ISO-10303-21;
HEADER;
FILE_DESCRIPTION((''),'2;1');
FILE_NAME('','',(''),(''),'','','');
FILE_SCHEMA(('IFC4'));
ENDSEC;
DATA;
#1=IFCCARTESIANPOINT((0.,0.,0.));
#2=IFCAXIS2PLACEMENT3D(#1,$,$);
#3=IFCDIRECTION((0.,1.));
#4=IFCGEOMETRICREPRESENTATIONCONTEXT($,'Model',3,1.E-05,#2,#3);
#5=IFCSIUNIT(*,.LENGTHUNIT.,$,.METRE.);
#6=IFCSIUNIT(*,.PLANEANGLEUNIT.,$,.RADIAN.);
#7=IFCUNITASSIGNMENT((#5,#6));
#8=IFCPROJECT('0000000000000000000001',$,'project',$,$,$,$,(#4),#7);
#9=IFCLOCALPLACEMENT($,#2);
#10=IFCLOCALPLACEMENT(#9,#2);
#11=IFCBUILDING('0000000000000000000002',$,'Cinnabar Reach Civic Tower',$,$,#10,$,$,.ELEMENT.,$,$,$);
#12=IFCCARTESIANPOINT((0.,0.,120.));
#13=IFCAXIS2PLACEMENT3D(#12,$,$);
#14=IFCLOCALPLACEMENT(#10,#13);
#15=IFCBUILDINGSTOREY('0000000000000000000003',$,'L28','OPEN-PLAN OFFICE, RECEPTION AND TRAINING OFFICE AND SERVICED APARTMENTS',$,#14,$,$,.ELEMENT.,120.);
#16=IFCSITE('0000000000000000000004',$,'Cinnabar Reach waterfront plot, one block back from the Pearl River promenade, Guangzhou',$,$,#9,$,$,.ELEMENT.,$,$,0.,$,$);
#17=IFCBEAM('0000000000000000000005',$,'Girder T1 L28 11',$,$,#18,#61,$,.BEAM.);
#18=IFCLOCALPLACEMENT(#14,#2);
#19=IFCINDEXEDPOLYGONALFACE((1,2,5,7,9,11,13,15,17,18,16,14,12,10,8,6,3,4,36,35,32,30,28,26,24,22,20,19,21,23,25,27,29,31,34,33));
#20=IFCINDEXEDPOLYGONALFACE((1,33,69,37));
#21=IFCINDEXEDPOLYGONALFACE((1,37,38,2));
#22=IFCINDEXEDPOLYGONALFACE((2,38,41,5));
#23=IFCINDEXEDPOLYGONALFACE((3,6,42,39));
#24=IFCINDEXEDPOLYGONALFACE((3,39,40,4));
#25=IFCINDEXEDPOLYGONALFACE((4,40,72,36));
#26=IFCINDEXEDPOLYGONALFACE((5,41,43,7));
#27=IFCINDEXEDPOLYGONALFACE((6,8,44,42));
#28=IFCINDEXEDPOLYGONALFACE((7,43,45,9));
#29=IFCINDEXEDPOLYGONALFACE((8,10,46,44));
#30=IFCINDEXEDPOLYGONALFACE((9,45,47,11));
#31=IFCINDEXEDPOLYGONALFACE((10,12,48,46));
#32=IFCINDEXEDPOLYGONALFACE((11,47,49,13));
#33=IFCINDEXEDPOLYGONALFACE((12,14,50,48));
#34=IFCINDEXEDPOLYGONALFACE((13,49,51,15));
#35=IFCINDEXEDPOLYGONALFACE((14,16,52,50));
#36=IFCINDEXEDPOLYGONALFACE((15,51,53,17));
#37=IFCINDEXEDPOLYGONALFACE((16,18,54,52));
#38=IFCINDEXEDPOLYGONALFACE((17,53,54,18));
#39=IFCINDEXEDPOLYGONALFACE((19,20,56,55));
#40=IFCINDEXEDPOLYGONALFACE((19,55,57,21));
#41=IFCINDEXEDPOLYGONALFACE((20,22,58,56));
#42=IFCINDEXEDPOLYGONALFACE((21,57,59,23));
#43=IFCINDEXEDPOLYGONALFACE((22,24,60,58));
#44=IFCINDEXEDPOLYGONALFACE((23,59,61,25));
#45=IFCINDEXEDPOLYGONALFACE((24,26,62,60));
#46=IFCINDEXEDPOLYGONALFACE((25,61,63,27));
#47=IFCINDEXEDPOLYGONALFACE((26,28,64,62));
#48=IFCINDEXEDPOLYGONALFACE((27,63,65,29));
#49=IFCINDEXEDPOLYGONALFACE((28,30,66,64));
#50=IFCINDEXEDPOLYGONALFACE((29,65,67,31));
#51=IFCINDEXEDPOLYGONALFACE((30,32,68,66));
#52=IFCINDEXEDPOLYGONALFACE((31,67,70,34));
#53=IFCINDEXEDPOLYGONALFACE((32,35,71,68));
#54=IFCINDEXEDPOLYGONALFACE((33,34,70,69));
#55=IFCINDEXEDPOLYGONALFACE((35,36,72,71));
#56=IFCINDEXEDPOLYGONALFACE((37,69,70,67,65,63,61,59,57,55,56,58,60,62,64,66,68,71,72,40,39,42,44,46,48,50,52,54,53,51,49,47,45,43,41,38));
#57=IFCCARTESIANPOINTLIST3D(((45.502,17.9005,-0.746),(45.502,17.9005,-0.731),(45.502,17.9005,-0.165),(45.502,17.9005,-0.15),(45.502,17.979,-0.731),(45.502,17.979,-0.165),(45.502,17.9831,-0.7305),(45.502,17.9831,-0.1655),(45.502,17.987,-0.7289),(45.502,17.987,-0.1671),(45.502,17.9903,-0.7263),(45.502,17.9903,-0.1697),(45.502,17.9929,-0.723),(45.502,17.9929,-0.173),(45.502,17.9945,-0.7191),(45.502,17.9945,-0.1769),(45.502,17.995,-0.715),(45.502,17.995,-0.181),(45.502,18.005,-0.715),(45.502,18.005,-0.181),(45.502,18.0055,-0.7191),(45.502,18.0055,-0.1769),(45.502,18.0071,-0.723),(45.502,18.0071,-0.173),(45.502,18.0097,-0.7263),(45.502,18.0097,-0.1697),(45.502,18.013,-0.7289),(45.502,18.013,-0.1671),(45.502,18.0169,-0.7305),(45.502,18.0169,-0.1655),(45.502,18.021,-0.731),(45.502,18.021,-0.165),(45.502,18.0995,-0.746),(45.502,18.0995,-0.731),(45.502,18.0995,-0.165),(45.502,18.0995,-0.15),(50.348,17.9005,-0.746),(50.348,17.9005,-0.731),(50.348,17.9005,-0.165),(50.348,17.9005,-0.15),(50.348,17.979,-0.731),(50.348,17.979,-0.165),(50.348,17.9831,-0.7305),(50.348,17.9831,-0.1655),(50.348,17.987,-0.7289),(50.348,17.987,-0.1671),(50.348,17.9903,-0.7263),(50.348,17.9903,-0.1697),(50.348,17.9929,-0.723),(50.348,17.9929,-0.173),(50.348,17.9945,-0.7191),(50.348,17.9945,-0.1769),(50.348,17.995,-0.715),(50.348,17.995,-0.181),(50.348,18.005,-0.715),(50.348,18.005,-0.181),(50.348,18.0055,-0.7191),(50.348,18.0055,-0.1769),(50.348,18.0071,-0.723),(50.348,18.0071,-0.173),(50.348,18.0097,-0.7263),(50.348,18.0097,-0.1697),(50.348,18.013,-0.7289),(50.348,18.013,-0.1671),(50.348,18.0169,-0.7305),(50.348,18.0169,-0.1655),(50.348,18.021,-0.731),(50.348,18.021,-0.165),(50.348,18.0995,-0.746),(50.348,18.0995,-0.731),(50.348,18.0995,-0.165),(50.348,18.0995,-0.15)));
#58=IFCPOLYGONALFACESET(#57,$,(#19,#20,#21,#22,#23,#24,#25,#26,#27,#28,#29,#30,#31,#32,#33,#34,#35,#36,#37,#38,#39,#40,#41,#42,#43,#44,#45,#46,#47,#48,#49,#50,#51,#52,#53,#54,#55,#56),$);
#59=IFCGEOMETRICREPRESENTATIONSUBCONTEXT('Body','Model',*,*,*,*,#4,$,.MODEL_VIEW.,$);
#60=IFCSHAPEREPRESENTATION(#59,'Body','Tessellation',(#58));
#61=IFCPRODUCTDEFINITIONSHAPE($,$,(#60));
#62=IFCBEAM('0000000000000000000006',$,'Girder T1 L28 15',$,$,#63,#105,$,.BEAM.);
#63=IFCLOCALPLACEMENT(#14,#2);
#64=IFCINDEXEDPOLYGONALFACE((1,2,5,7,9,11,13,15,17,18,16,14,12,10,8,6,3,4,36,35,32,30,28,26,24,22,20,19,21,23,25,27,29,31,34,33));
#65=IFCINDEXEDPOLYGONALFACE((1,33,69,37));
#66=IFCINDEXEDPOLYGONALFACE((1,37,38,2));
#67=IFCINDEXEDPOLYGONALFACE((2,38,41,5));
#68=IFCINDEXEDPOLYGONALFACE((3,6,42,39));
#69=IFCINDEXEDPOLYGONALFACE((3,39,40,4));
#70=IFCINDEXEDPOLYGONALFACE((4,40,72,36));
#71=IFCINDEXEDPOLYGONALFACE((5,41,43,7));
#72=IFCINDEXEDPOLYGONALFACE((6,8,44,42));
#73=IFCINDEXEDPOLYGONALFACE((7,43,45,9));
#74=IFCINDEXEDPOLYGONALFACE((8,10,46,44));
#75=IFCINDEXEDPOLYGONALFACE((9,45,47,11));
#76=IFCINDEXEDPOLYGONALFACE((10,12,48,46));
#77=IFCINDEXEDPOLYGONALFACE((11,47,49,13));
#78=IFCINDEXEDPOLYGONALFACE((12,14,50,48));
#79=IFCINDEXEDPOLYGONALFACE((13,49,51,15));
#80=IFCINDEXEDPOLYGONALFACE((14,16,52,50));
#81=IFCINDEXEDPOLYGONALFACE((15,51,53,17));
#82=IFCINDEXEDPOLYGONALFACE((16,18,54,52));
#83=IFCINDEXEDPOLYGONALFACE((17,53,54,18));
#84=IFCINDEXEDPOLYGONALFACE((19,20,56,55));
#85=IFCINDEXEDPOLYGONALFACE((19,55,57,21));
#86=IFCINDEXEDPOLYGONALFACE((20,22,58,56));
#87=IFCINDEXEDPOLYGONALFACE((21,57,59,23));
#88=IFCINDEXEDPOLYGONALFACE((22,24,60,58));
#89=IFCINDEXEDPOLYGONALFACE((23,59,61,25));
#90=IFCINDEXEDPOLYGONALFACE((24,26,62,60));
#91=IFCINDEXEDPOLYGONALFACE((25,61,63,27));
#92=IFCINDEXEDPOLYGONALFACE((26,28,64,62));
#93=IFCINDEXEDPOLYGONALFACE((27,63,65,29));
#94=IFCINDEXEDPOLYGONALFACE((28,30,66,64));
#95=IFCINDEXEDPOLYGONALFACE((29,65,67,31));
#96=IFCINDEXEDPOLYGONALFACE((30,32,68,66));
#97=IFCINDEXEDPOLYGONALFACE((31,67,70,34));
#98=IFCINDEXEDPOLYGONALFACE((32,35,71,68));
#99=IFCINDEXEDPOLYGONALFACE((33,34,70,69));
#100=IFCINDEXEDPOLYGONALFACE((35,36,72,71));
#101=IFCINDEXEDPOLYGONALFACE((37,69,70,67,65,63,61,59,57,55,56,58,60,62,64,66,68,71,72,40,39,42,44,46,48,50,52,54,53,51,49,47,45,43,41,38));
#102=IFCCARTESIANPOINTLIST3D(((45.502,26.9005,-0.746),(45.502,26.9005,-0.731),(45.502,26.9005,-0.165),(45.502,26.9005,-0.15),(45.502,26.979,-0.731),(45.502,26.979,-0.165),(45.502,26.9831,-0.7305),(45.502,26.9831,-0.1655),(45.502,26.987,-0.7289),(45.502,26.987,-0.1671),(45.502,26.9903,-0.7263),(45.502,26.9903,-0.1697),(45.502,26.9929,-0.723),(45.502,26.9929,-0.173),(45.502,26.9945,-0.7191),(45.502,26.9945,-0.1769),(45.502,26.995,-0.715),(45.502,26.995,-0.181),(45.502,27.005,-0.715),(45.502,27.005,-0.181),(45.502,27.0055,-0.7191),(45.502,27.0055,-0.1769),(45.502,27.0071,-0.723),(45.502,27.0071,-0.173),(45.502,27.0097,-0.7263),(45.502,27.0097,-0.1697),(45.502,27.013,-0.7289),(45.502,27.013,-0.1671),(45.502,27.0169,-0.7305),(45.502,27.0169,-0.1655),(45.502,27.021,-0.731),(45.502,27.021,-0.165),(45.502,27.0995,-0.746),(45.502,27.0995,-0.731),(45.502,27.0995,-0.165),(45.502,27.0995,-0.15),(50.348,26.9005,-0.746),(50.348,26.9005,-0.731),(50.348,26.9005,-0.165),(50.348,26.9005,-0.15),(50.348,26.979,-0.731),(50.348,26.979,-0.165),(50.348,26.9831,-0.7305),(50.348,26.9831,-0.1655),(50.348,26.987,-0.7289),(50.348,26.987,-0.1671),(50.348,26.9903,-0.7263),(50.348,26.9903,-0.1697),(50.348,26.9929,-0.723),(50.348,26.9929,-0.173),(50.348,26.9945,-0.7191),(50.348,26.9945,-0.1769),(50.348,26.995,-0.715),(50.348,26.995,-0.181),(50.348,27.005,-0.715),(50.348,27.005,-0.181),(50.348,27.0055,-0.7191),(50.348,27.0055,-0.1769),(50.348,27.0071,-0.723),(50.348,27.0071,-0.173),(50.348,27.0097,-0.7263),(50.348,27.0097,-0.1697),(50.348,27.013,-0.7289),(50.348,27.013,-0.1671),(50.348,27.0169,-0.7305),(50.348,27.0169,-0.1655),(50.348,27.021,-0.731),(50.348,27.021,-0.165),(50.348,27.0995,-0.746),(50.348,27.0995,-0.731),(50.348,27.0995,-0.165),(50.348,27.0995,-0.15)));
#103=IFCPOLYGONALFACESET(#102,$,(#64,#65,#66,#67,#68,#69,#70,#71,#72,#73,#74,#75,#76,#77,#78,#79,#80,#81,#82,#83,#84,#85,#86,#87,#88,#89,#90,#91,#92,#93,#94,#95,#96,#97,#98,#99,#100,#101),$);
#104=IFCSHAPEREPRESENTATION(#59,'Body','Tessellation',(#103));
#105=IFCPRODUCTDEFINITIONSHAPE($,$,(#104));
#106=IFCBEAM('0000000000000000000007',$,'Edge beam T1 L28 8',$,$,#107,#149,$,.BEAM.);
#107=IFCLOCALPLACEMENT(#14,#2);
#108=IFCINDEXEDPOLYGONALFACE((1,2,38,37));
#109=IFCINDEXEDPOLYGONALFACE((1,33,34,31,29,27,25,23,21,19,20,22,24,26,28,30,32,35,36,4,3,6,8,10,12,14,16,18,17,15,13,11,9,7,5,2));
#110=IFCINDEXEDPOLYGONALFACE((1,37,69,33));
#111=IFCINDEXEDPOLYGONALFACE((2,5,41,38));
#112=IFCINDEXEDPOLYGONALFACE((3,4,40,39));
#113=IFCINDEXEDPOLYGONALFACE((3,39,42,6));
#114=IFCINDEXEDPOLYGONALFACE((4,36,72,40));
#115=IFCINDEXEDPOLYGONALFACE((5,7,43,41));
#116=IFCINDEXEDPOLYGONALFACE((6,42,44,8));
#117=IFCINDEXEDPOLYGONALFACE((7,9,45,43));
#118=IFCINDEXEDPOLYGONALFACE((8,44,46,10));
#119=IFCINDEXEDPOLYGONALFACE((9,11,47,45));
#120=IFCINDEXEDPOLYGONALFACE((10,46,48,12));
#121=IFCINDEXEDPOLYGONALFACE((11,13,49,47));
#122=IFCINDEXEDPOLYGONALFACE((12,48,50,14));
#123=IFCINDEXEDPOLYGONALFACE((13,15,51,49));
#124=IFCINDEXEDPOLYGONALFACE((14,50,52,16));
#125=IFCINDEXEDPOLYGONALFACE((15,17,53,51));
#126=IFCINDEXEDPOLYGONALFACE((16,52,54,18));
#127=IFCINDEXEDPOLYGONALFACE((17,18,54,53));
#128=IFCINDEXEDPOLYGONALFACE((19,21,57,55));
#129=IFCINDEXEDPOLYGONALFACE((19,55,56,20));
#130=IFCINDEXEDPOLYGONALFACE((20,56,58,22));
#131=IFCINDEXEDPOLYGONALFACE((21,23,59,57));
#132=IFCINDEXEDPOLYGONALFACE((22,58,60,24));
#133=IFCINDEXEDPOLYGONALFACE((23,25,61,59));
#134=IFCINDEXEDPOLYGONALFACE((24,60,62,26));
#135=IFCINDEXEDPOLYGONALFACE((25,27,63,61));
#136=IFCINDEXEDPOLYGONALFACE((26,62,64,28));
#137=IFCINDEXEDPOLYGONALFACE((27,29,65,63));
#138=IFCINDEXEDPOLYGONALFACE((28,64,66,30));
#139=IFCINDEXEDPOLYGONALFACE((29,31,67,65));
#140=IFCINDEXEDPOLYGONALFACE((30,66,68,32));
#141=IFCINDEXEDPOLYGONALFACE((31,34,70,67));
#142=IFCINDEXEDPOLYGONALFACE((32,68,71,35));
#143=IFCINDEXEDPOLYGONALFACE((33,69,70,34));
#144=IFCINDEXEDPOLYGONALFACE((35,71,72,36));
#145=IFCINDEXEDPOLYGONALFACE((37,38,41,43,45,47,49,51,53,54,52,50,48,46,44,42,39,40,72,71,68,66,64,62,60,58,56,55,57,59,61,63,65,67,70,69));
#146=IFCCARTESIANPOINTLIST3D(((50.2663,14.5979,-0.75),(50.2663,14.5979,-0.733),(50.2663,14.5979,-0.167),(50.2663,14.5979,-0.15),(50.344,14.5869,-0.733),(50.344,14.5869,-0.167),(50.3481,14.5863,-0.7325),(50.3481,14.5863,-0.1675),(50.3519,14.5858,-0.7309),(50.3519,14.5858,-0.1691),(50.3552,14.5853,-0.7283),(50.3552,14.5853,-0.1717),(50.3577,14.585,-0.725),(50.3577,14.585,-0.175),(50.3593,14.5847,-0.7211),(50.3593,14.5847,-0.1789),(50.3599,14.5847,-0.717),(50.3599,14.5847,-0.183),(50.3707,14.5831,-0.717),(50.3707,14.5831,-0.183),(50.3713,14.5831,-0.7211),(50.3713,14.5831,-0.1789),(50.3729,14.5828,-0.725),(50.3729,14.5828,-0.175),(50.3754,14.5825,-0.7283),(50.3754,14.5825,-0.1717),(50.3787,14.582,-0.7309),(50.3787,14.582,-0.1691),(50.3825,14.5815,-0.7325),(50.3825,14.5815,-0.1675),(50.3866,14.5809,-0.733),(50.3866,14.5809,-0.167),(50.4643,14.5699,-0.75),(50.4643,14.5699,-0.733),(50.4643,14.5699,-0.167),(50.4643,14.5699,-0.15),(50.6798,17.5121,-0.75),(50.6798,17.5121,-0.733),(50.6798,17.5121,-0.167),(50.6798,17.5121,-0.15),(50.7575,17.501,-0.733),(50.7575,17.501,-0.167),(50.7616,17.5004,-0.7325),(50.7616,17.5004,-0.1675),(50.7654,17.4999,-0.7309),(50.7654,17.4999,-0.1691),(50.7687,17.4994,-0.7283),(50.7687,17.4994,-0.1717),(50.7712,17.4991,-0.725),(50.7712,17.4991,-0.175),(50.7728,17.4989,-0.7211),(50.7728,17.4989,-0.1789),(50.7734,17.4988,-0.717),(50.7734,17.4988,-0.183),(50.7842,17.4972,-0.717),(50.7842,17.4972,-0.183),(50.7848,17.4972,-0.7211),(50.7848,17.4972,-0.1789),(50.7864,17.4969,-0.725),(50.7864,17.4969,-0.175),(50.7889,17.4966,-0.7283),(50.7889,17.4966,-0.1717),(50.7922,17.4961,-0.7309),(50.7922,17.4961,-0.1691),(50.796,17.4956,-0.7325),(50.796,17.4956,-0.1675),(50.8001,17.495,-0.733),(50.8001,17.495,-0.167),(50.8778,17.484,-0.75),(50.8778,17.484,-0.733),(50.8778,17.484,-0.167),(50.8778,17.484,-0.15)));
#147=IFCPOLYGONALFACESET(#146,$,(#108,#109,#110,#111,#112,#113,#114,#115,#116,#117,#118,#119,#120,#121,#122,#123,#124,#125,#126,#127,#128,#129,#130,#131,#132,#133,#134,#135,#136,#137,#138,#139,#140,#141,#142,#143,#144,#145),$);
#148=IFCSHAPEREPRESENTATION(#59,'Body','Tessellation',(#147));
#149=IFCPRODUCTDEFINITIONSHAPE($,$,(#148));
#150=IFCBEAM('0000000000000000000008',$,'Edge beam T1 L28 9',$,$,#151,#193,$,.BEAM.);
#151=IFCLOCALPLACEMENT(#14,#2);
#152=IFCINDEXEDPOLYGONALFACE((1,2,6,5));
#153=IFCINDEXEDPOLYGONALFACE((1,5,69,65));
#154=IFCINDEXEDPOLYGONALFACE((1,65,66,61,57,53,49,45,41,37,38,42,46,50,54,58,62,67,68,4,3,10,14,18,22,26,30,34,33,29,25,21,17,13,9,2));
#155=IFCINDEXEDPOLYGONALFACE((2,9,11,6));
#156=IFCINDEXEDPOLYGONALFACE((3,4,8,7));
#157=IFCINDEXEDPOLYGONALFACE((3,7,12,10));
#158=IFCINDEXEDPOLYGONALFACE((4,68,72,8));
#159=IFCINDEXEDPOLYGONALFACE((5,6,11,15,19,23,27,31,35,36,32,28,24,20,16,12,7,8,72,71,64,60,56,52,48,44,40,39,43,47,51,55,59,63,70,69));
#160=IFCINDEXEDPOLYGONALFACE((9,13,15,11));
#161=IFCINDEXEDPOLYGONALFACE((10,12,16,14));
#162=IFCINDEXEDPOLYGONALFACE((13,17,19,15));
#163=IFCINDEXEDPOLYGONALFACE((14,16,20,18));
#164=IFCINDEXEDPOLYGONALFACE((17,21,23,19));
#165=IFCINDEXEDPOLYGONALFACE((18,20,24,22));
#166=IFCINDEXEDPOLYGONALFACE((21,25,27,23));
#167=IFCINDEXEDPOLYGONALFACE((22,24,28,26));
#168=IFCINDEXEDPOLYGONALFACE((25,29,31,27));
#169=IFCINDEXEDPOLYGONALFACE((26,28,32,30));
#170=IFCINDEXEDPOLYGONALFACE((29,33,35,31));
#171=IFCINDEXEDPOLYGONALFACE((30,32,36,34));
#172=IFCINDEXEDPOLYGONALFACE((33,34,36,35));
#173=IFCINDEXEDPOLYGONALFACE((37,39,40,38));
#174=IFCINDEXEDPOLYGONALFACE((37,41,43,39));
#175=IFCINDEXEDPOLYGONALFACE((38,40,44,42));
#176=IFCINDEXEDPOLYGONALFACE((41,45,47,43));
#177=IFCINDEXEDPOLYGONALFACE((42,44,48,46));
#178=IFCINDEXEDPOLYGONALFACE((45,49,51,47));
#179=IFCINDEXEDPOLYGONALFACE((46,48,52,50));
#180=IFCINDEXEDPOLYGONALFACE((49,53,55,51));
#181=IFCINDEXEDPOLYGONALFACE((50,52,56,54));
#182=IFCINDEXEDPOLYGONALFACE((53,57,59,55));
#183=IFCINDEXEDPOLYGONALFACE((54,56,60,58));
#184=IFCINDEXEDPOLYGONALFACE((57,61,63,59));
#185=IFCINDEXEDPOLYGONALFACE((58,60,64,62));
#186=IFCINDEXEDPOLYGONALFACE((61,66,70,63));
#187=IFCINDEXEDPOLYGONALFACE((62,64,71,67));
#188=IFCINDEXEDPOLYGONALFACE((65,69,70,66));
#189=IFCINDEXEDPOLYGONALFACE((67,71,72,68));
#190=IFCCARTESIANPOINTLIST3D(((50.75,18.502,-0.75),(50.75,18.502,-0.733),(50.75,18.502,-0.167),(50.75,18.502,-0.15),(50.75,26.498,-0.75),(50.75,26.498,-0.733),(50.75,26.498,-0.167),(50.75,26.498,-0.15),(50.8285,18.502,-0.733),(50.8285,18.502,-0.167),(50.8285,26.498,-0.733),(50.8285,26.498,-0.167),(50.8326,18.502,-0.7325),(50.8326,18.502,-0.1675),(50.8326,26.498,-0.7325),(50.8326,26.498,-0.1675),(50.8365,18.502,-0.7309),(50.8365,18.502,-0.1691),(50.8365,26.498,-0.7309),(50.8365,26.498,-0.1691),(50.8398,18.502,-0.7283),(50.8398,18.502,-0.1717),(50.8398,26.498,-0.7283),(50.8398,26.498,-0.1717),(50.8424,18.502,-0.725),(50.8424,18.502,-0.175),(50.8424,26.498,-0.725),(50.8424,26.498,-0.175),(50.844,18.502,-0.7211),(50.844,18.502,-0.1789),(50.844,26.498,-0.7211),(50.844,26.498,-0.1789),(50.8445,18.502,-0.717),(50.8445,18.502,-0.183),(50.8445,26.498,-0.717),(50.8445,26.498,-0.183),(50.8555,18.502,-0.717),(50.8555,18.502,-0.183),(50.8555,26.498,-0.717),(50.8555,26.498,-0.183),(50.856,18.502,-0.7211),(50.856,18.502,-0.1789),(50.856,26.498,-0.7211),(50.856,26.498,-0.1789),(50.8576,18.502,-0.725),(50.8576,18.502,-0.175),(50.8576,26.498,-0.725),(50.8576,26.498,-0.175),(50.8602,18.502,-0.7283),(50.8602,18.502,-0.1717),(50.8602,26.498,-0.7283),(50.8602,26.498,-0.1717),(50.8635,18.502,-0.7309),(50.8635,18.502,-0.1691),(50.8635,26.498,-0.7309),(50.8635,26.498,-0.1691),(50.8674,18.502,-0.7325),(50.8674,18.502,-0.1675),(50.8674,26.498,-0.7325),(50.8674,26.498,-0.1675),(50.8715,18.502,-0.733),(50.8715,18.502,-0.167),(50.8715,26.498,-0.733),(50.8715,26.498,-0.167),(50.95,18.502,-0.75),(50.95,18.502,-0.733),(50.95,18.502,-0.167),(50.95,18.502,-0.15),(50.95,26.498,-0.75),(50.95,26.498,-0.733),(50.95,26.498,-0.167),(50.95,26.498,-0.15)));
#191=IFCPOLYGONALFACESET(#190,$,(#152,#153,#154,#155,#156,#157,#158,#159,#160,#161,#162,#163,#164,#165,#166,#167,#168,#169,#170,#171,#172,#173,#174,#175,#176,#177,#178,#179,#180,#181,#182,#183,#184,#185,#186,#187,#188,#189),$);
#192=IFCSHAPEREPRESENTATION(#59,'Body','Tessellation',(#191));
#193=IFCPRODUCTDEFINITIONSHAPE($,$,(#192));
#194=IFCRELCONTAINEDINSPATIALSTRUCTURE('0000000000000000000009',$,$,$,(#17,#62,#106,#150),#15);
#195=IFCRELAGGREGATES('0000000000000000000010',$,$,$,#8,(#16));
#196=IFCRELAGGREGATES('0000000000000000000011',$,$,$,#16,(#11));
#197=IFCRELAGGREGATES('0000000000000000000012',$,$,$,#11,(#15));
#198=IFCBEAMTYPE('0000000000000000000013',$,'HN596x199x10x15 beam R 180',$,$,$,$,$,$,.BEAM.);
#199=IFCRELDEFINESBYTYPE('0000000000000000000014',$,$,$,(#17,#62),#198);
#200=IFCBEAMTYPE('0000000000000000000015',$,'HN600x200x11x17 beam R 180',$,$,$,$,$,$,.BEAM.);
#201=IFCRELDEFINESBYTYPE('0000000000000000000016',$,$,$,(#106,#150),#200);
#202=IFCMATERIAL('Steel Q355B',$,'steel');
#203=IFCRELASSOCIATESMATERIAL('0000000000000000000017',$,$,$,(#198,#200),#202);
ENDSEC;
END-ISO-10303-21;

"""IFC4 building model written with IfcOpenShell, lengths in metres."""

from ifc_helpers import new_model, si_unit, direction, frame, origin, origin_2d, place, context, subcontext, project, spatial, i_section, extrude, material, material_profile, profile_set, type_object, element, save


model = new_model("IFC4")

# Units and contexts
model_context = context("Model", 3, precision=1e-05, world=origin(), true_north=direction((0.0, 1.0)))
body_context = subcontext(model_context, "Body", "Model", "MODEL_VIEW")
ifc_project = project(units=[si_unit("LENGTHUNIT", "METRE"), si_unit("PLANEANGLEUNIT", "RADIAN")], contexts=[model_context])

# Site, building, storey
site_placement = place(None, origin())
site = spatial("IfcSite", under=ifc_project, at=site_placement, Name="Cinnabar Reach waterfront plot, one block back from the Pearl River promenade, Guangzhou", CompositionType="ELEMENT", RefElevation=0.0)
building_placement = place(site_placement, origin())
building = spatial("IfcBuilding", under=site, at=building_placement, Name="Cinnabar Reach Civic Tower", CompositionType="ELEMENT")
storey_placement = place(building_placement, frame((0.0, 0.0, 120.0)))
storey = spatial("IfcBuildingStorey", under=building, at=storey_placement, Name="L28", Description="OPEN-PLAN OFFICE, RECEPTION AND TRAINING OFFICE AND SERVICED APARTMENTS", CompositionType="ELEMENT", Elevation=120.0)

# Beams
ifc_material_1 = material(Name="Steel Q355B", Category="steel")
ifc_material_profile_1 = material_profile(ifc_material_1, i_section(OverallWidth=0.199, OverallDepth=0.596, WebThickness=0.01, FlangeThickness=0.015, FilletRadius=0.016, at=origin_2d()), Name="HN596x199x10x15")
ifc_profile_set_1 = profile_set([ifc_material_profile_1], Name="Steel Q355B")
beam_type_1 = type_object("IfcBeamType", Name="HN596x199x10x15 beam R 180", PredefinedType="BEAM", material=ifc_profile_set_1)
for number, where, z_axis, x_axis, name in (
    (1, (45.502, 18.0, -0.448), (1.0, 0.0, 0.0), (0.0, 1.0, 0.0), "Girder T1 L28 11"),
    (2, (45.502, 27.0, -0.448), (1.0, 0.0, 0.0), (0.0, 1.0, 0.0), "Girder T1 L28 15"),
):
    element("IfcBeam", number, at=place(storey_placement, frame(where, z_axis=z_axis, x_axis=x_axis)), inside=storey, type_object=beam_type_1, Name=name, PredefinedType="BEAM", context=body_context, shape_type="SweptSolid", body=[
        extrude(i_section(OverallWidth=0.199, OverallDepth=0.596, WebThickness=0.01, FlangeThickness=0.015, FilletRadius=0.016, at=origin_2d()), origin(), (0.0, 0.0, 1.0), 4.846),
    ])
ifc_material_profile_2 = material_profile(ifc_material_1, i_section(OverallWidth=0.2, OverallDepth=0.6, WebThickness=0.011, FlangeThickness=0.017, FilletRadius=0.016, at=origin_2d()), Name="HN600x200x11x17")
ifc_profile_set_2 = profile_set([ifc_material_profile_2], Name="Steel Q355B")
beam_type_2 = type_object("IfcBeamType", Name="HN600x200x11x17 beam R 180", PredefinedType="BEAM", material=ifc_profile_set_2)
beam_1_placement = place(storey_placement, frame((50.3653, 14.5839, -0.45), z_axis=(0.140489, 0.990082, 0.0), x_axis=(-0.990082, 0.140489, 0.0)))
element("IfcBeam", 3, at=beam_1_placement, inside=storey, type_object=beam_type_2, Name="Edge beam T1 L28 8", PredefinedType="BEAM", context=body_context, shape_type="SweptSolid", body=[
    extrude(i_section(OverallWidth=0.2, OverallDepth=0.6, WebThickness=0.011, FlangeThickness=0.017, FilletRadius=0.016, at=origin_2d()), origin(), (0.0, 0.0, 1.0), 2.9433),
])
beam_2_placement = place(storey_placement, frame((50.85, 18.502, -0.45), z_axis=(0.0, 1.0, 0.0), x_axis=(-1.0, 0.0, 0.0)))
element("IfcBeam", 4, at=beam_2_placement, inside=storey, type_object=beam_type_2, Name="Edge beam T1 L28 9", PredefinedType="BEAM", context=body_context, shape_type="SweptSolid", body=[
    extrude(i_section(OverallWidth=0.2, OverallDepth=0.6, WebThickness=0.011, FlangeThickness=0.017, FilletRadius=0.016, at=origin_2d()), origin(), (0.0, 0.0, 1.0), 7.996),
])

save(model, "model.ifc")
